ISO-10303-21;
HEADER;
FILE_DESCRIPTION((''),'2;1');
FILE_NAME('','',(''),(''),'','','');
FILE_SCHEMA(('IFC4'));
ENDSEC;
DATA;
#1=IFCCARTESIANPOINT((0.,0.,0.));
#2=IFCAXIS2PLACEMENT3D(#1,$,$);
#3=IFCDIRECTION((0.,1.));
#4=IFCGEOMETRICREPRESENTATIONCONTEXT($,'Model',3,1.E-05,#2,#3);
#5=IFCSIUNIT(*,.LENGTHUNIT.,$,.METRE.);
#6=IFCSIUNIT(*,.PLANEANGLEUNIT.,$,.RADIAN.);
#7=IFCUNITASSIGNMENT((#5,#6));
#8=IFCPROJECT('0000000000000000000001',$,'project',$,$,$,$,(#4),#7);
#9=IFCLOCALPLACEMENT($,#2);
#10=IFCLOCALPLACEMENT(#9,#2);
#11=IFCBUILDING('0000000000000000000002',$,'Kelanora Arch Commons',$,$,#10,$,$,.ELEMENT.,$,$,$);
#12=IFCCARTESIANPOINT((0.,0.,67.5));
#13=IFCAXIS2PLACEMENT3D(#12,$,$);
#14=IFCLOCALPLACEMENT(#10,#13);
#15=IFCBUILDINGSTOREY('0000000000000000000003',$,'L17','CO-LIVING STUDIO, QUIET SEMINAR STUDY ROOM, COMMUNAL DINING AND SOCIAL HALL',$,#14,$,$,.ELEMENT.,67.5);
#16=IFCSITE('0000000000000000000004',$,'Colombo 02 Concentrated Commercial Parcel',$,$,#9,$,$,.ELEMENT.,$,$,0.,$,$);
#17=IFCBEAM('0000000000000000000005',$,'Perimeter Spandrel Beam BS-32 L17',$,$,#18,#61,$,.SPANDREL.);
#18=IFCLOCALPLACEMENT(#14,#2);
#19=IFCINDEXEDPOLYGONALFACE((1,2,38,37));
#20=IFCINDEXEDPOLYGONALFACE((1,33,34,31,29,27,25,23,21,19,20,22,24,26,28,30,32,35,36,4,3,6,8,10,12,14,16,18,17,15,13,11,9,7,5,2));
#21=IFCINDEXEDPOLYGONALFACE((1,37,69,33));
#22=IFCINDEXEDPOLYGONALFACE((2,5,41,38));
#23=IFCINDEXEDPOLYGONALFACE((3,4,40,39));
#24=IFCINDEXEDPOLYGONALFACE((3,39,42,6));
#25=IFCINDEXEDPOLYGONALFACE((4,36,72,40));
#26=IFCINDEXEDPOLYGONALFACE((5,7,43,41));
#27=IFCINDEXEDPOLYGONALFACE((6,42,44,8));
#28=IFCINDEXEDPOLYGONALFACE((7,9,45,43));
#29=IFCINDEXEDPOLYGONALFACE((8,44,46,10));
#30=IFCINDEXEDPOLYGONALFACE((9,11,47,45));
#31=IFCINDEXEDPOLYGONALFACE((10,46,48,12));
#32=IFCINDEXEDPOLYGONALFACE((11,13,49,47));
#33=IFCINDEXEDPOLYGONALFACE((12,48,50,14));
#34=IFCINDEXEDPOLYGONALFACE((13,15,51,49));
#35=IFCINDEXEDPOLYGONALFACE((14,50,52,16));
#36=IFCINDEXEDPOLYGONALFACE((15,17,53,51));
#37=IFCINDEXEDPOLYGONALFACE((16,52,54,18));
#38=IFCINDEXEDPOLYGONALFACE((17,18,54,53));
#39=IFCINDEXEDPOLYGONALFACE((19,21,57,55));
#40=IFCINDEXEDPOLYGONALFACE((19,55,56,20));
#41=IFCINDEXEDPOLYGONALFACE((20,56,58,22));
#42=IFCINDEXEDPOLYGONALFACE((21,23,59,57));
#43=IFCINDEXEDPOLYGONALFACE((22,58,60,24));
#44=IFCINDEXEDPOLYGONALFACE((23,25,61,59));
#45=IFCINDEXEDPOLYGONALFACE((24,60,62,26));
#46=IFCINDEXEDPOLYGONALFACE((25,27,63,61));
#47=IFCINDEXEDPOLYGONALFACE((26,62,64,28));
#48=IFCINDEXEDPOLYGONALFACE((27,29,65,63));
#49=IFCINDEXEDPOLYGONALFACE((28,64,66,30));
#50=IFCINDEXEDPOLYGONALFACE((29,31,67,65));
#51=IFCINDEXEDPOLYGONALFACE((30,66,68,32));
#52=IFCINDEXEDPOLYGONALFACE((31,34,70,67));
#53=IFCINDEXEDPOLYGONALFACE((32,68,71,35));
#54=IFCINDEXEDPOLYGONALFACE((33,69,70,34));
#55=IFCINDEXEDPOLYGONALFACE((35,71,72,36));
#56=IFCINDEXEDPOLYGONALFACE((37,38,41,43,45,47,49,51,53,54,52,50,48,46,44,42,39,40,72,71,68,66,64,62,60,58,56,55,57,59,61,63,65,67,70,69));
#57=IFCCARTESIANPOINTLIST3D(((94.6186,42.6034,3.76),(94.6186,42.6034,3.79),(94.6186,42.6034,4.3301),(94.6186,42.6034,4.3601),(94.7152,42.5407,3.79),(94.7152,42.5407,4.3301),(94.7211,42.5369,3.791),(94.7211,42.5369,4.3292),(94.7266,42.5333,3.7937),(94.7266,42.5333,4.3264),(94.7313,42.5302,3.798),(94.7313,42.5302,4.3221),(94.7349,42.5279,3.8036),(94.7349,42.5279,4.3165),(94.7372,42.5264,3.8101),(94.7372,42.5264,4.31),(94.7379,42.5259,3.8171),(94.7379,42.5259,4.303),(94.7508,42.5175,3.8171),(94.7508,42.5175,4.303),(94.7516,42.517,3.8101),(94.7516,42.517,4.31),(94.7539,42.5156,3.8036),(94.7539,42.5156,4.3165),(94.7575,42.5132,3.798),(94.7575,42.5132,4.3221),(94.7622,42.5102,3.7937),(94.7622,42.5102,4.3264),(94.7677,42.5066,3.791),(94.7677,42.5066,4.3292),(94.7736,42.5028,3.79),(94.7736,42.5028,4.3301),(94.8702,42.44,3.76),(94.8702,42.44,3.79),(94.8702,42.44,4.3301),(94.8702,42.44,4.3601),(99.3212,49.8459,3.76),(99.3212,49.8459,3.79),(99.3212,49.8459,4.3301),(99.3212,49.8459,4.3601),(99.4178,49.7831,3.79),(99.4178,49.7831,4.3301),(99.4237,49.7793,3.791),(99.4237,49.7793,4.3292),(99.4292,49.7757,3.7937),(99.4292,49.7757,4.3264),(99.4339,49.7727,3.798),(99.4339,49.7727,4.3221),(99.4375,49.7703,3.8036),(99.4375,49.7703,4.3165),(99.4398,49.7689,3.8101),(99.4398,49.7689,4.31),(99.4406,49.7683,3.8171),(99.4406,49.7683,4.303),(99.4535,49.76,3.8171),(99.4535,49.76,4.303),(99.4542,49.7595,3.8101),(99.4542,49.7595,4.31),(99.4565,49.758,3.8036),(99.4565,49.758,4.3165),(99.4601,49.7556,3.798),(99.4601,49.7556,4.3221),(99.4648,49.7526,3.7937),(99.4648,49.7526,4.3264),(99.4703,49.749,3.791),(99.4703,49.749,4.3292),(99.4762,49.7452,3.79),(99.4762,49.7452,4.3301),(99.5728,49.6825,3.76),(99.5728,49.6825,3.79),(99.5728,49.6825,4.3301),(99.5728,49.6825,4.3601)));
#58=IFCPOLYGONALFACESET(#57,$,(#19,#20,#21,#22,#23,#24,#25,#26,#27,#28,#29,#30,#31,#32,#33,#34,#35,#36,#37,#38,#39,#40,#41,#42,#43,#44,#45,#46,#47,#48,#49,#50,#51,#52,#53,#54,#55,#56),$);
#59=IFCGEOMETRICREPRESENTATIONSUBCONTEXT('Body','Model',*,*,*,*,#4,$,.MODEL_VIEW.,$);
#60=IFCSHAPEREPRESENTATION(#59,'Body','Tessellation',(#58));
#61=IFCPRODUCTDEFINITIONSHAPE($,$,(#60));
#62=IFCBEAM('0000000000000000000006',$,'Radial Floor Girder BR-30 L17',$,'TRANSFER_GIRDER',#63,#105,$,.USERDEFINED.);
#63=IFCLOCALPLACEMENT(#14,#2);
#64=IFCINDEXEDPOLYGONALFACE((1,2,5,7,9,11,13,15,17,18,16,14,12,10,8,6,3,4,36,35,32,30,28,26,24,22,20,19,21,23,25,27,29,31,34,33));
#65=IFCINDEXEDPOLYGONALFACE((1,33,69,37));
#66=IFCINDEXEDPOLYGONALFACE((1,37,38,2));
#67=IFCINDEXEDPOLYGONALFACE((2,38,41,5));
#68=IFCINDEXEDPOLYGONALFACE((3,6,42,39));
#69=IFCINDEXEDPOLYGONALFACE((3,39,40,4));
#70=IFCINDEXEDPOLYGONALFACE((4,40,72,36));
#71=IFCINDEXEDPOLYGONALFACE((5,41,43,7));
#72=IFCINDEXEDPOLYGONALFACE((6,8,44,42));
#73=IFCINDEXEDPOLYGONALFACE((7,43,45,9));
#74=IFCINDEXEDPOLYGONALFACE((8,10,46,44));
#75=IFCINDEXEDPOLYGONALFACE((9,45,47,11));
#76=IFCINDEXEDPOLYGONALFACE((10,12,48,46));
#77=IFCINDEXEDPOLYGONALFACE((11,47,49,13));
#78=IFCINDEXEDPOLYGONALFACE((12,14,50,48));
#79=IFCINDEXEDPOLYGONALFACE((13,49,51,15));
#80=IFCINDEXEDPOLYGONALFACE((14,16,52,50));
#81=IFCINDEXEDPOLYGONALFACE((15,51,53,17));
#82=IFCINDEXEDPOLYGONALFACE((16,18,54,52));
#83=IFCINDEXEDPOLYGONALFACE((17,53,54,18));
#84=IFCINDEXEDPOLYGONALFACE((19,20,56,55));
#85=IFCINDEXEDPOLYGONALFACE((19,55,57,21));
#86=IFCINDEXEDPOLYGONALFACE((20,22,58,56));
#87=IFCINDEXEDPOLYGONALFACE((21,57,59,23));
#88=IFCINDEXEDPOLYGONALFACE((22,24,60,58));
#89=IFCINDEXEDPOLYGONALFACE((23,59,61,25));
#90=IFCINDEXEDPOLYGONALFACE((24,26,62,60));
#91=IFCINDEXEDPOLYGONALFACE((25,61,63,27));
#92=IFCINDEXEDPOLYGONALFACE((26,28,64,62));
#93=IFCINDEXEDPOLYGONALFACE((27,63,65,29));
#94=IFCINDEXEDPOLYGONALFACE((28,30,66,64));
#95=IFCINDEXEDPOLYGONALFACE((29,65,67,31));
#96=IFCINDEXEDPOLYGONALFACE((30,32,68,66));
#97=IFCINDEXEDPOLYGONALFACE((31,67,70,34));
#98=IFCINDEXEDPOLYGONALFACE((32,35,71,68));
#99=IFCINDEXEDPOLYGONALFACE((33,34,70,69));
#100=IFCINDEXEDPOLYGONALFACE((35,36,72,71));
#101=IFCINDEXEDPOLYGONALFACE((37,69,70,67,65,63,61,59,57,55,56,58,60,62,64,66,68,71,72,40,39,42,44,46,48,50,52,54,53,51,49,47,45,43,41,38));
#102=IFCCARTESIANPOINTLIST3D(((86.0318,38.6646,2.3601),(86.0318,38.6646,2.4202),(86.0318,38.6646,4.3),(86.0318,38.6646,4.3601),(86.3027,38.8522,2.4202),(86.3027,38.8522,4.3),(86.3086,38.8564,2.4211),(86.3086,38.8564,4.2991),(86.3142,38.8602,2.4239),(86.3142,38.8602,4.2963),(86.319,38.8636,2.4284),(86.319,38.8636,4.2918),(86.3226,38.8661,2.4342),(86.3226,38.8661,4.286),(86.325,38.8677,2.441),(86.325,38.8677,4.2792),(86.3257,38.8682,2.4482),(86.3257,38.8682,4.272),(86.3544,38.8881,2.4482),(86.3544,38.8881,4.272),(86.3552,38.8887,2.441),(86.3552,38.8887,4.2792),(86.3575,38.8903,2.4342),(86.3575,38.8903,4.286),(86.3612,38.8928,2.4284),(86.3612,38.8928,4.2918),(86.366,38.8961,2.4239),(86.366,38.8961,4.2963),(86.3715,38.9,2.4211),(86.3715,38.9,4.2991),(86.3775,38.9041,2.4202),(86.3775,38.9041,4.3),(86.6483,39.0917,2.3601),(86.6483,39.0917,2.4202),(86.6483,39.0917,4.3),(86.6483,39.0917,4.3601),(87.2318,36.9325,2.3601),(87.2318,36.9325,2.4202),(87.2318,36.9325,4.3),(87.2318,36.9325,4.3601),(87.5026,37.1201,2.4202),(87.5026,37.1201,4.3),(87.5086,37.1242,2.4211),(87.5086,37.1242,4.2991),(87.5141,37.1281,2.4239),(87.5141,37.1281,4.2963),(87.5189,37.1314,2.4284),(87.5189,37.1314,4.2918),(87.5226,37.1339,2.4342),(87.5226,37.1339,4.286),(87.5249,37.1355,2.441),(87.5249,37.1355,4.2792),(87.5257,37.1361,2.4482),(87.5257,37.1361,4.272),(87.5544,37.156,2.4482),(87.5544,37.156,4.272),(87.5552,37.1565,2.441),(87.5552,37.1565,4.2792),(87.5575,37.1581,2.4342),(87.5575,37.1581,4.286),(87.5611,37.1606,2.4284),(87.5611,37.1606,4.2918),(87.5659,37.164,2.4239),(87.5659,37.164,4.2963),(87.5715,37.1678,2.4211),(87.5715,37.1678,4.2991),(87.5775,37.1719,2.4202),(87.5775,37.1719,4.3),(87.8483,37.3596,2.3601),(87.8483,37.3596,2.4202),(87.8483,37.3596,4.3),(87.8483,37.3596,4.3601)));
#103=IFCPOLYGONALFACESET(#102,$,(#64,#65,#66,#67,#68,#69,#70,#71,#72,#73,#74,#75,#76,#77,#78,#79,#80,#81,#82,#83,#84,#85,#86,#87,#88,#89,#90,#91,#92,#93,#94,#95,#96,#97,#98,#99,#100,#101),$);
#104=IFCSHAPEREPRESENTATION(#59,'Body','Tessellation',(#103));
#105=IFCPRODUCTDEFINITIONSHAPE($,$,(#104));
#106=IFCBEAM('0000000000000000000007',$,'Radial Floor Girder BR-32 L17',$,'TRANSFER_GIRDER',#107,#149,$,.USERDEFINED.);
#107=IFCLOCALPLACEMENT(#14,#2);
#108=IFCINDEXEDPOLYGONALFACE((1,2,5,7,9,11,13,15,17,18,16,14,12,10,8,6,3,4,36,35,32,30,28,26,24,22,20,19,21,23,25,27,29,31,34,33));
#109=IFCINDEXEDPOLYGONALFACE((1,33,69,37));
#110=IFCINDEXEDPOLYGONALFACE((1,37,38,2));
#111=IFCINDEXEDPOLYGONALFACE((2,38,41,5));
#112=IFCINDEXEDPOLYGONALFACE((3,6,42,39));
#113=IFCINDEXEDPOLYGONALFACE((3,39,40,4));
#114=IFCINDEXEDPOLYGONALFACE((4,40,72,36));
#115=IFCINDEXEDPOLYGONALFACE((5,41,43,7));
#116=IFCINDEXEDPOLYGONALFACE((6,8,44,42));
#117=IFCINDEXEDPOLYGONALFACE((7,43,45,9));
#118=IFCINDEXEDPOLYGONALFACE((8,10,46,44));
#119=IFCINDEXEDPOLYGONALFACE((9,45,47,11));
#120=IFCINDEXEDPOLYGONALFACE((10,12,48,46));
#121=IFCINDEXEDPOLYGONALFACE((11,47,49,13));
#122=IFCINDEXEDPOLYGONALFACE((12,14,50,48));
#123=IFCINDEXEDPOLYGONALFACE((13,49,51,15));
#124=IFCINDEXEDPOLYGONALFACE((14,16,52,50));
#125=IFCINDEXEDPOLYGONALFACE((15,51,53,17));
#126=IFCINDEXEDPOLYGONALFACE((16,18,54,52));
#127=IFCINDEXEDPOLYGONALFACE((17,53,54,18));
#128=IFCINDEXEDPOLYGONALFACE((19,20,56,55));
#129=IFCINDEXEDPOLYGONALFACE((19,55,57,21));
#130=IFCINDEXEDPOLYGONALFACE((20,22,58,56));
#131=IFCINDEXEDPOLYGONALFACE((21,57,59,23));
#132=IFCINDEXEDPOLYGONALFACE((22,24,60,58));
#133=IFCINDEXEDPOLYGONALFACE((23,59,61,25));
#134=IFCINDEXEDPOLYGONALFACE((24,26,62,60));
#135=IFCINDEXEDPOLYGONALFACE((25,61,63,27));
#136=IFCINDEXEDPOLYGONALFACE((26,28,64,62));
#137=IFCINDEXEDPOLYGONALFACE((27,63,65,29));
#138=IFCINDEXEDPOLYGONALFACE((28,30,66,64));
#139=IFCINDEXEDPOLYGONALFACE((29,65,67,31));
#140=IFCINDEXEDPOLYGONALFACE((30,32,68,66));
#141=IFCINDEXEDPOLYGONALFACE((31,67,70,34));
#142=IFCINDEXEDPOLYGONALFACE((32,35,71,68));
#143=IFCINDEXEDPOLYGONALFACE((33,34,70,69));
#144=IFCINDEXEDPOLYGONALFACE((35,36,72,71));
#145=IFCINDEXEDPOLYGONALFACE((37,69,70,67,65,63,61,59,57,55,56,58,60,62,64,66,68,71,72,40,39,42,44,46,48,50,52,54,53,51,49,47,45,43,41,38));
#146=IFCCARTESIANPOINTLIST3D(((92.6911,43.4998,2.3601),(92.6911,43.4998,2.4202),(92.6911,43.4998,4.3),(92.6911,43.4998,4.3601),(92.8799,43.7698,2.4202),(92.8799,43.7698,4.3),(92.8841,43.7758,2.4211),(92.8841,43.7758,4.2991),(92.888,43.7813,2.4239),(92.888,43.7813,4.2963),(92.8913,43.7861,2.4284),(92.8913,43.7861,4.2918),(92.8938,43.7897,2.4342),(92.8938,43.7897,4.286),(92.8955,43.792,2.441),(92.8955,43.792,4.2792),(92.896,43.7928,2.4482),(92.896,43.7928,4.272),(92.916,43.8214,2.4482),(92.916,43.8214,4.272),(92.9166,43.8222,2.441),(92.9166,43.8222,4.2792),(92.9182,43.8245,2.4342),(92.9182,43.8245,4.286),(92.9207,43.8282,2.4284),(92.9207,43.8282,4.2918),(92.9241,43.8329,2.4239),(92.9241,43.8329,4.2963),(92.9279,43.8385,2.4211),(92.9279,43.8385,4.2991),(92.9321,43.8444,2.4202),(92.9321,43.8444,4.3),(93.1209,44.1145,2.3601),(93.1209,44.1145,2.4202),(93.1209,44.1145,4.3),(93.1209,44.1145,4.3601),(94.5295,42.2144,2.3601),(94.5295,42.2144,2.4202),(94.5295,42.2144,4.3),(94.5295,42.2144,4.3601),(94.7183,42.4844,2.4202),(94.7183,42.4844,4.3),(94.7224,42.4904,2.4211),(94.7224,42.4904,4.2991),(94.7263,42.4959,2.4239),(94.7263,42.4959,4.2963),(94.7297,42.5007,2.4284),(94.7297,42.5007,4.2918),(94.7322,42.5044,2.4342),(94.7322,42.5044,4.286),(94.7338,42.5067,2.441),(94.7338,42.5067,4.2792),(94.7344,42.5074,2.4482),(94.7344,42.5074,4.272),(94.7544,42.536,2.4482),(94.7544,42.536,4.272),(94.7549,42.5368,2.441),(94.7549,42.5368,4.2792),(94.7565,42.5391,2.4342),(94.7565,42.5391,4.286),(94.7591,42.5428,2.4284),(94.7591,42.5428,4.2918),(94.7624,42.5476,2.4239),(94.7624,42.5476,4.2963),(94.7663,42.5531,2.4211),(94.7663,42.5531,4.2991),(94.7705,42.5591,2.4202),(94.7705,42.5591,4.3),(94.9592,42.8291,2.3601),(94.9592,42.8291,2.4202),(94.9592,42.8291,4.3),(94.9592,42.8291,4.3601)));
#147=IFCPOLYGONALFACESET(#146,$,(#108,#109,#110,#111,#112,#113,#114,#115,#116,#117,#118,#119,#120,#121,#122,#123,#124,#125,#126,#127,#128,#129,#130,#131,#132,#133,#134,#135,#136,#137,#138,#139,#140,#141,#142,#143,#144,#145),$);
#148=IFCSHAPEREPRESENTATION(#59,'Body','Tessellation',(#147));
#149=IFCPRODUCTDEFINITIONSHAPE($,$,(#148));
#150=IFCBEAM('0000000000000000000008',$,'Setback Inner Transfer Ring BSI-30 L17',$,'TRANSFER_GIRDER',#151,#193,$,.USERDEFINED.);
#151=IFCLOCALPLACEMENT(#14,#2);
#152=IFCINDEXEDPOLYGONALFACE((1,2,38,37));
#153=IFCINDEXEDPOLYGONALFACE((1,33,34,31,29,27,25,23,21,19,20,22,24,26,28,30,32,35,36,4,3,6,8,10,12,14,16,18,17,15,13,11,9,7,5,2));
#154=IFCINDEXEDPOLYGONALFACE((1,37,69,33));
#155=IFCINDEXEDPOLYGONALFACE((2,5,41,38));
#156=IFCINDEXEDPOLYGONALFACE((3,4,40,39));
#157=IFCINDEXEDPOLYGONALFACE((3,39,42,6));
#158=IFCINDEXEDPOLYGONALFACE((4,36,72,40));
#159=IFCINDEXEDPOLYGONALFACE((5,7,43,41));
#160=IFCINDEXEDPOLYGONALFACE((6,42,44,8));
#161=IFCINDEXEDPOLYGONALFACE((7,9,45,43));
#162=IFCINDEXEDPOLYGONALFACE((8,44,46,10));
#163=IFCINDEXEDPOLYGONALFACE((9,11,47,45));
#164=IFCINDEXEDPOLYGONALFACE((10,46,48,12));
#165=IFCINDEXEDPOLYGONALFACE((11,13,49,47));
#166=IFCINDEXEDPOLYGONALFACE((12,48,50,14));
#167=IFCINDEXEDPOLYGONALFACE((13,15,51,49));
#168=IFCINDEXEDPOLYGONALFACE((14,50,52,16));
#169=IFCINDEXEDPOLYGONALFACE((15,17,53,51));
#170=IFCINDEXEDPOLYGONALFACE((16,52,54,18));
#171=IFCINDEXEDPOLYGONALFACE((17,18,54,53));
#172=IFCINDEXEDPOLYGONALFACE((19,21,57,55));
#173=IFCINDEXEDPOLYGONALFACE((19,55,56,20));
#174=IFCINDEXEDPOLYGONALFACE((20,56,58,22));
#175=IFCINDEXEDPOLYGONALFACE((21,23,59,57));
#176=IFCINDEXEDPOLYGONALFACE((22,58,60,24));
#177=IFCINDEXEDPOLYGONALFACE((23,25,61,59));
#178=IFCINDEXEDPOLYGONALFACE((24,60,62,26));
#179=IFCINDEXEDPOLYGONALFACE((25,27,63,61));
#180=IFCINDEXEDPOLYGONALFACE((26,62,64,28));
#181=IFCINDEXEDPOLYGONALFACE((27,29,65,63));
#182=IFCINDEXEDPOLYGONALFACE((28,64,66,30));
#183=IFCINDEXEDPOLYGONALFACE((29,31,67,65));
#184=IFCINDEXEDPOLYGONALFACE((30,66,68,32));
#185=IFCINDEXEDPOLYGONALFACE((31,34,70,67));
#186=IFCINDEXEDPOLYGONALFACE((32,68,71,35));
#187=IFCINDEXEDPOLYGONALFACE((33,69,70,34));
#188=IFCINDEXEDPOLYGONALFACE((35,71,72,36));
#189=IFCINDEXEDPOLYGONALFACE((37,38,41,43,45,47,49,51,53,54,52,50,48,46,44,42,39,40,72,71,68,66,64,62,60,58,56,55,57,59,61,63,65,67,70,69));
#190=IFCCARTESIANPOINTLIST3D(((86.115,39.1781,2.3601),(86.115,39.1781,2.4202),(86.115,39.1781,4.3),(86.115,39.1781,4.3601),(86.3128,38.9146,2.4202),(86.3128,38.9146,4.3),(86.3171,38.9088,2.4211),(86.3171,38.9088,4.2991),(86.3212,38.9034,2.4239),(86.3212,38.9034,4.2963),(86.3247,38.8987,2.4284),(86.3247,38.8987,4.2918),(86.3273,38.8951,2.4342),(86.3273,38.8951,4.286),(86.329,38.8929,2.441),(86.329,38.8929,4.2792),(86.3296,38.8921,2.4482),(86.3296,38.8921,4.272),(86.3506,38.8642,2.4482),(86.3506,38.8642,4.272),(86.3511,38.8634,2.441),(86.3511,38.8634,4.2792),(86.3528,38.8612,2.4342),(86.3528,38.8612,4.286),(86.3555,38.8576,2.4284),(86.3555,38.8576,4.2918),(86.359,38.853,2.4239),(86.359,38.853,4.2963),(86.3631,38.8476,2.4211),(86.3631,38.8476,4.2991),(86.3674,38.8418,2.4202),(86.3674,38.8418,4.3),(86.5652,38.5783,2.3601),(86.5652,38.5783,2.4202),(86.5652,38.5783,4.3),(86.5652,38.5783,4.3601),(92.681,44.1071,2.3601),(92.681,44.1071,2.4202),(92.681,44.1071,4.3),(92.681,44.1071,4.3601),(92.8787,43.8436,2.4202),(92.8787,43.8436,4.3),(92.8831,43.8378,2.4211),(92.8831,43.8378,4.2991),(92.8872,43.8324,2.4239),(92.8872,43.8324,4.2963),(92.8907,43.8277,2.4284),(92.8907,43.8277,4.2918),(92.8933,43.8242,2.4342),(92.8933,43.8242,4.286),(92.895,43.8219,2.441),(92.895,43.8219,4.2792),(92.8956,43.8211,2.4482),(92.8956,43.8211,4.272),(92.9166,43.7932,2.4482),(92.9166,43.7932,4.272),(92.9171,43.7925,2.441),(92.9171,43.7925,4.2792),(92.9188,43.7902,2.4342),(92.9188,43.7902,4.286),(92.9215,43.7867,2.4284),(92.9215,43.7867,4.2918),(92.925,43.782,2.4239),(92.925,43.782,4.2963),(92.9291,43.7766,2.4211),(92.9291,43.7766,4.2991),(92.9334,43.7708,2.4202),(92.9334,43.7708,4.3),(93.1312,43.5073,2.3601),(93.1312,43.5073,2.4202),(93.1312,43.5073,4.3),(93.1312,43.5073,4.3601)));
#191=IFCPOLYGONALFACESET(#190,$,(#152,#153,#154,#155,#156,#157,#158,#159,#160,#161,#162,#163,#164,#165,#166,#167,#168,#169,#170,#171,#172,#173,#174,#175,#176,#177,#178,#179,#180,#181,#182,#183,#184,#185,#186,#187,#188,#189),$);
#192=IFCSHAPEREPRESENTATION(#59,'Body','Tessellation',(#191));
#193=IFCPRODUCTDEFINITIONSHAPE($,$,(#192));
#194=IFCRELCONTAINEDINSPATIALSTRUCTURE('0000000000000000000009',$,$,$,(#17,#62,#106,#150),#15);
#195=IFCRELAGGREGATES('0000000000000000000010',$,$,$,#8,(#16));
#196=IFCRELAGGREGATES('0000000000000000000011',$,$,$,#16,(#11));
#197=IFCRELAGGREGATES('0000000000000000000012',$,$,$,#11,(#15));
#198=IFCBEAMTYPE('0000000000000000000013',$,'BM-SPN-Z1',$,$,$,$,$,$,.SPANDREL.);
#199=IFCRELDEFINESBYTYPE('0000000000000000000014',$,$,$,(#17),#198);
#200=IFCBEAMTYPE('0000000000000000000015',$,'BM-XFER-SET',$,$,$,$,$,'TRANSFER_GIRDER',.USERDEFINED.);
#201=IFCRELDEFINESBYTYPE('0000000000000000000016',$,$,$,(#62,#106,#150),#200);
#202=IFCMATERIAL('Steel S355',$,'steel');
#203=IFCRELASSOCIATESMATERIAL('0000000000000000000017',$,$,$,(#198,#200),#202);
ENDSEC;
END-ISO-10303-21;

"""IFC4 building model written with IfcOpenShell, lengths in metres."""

from ifc_helpers import new_model, si_unit, direction, frame, origin, origin_2d, place, context, subcontext, project, spatial, i_section, extrude, material, material_profile, profile_set, type_object, element, save


model = new_model("IFC4")

# Units and contexts
model_context = context("Model", 3, precision=1e-05, world=origin(), true_north=direction((0.0, 1.0)))
body_context = subcontext(model_context, "Body", "Model", "MODEL_VIEW")
ifc_project = project(units=[si_unit("LENGTHUNIT", "METRE"), si_unit("PLANEANGLEUNIT", "RADIAN")], contexts=[model_context])

# Site, building, storey
site_placement = place(None, origin())
site = spatial("IfcSite", under=ifc_project, at=site_placement, Name="Colombo 02 Concentrated Commercial Parcel", CompositionType="ELEMENT", RefElevation=0.0)
building_placement = place(site_placement, origin())
building = spatial("IfcBuilding", under=site, at=building_placement, Name="Kelanora Arch Commons", CompositionType="ELEMENT")
storey_placement = place(building_placement, frame((0.0, 0.0, 67.5)))
storey = spatial("IfcBuildingStorey", under=building, at=storey_placement, Name="L17", Description="CO-LIVING STUDIO, QUIET SEMINAR STUDY ROOM, COMMUNAL DINING AND SOCIAL HALL", CompositionType="ELEMENT", Elevation=67.5)

# Beams
ifc_material_1 = material(Name="Steel S355", Category="steel")
ifc_material_profile_1 = material_profile(ifc_material_1, i_section(OverallWidth=0.3, OverallDepth=0.6001, WebThickness=0.0154, FlangeThickness=0.03, FilletRadius=0.0271, at=origin_2d()), Name="HEB600")
ifc_profile_set_1 = profile_set([ifc_material_profile_1], Name="Steel S355")
beam_type_1 = type_object("IfcBeamType", Name="BM-SPN-Z1", PredefinedType="SPANDREL", material=ifc_profile_set_1)
beam_1_placement = place(storey_placement, frame((94.7444, 42.5217, 4.0601), z_axis=(0.544586, 0.838705, 0.0), x_axis=(-0.838705, 0.544586, 0.0)))
element("IfcBeam", 1, at=beam_1_placement, inside=storey, type_object=beam_type_1, Name="Perimeter Spandrel Beam BS-32 L17", PredefinedType="SPANDREL", context=body_context, shape_type="SweptSolid", body=[
    extrude(i_section(OverallWidth=0.3, OverallDepth=0.6001, WebThickness=0.0154, FlangeThickness=0.03, FilletRadius=0.0271, at=origin_2d()), origin(), (0.0, 0.0, 1.0), 8.6353),
])
ifc_material_profile_2 = material_profile(ifc_material_1, i_section(OverallWidth=0.75, OverallDepth=2.0, WebThickness=0.0349, FlangeThickness=0.0601, FilletRadius=0.0281, at=origin_2d()), Name="PG2000x750")
ifc_profile_set_2 = profile_set([ifc_material_profile_2], Name="Steel S355")
beam_type_2 = type_object("IfcBeamType", Name="BM-XFER-SET", ElementType="TRANSFER_GIRDER", PredefinedType="USERDEFINED", material=ifc_profile_set_2)
beam_2_placement = place(storey_placement, frame((86.3401, 38.8782, 3.3601), z_axis=(0.569451, -0.822025, 0.0), x_axis=(0.822025, 0.569451, 0.0)))
element("IfcBeam", 2, at=beam_2_placement, inside=storey, type_object=beam_type_2, Name="Radial Floor Girder BR-30 L17", ObjectType="TRANSFER_GIRDER", PredefinedType="USERDEFINED", context=body_context, shape_type="SweptSolid", body=[
    extrude(i_section(OverallWidth=0.75, OverallDepth=2.0, WebThickness=0.0349, FlangeThickness=0.0601, FilletRadius=0.0281, at=origin_2d()), origin(), (0.0, 0.0, 1.0), 2.1072),
])
beam_3_placement = place(storey_placement, frame((92.906, 43.8071, 3.3601), z_axis=(0.819539, -0.573024, 0.0), x_axis=(0.573024, 0.819539, 0.0)))
element("IfcBeam", 3, at=beam_3_placement, inside=storey, type_object=beam_type_2, Name="Radial Floor Girder BR-32 L17", ObjectType="TRANSFER_GIRDER", PredefinedType="USERDEFINED", context=body_context, shape_type="SweptSolid", body=[
    extrude(i_section(OverallWidth=0.75, OverallDepth=2.0, WebThickness=0.0349, FlangeThickness=0.0601, FilletRadius=0.0281, at=origin_2d()), origin(), (0.0, 0.0, 1.0), 2.2432),
])
beam_4_placement = place(storey_placement, frame((86.3401, 38.8782, 3.3601), z_axis=(0.799736, 0.600352, 0.0), x_axis=(-0.600352, 0.799736, 0.0)))
element("IfcBeam", 4, at=beam_4_placement, inside=storey, type_object=beam_type_2, Name="Setback Inner Transfer Ring BSI-30 L17", ObjectType="TRANSFER_GIRDER", PredefinedType="USERDEFINED", context=body_context, shape_type="SweptSolid", body=[
    extrude(i_section(OverallWidth=0.75, OverallDepth=2.0, WebThickness=0.0349, FlangeThickness=0.0601, FilletRadius=0.0281, at=origin_2d()), origin(), (0.0, 0.0, 1.0), 8.2102),
])

save(model, "model.ifc")
